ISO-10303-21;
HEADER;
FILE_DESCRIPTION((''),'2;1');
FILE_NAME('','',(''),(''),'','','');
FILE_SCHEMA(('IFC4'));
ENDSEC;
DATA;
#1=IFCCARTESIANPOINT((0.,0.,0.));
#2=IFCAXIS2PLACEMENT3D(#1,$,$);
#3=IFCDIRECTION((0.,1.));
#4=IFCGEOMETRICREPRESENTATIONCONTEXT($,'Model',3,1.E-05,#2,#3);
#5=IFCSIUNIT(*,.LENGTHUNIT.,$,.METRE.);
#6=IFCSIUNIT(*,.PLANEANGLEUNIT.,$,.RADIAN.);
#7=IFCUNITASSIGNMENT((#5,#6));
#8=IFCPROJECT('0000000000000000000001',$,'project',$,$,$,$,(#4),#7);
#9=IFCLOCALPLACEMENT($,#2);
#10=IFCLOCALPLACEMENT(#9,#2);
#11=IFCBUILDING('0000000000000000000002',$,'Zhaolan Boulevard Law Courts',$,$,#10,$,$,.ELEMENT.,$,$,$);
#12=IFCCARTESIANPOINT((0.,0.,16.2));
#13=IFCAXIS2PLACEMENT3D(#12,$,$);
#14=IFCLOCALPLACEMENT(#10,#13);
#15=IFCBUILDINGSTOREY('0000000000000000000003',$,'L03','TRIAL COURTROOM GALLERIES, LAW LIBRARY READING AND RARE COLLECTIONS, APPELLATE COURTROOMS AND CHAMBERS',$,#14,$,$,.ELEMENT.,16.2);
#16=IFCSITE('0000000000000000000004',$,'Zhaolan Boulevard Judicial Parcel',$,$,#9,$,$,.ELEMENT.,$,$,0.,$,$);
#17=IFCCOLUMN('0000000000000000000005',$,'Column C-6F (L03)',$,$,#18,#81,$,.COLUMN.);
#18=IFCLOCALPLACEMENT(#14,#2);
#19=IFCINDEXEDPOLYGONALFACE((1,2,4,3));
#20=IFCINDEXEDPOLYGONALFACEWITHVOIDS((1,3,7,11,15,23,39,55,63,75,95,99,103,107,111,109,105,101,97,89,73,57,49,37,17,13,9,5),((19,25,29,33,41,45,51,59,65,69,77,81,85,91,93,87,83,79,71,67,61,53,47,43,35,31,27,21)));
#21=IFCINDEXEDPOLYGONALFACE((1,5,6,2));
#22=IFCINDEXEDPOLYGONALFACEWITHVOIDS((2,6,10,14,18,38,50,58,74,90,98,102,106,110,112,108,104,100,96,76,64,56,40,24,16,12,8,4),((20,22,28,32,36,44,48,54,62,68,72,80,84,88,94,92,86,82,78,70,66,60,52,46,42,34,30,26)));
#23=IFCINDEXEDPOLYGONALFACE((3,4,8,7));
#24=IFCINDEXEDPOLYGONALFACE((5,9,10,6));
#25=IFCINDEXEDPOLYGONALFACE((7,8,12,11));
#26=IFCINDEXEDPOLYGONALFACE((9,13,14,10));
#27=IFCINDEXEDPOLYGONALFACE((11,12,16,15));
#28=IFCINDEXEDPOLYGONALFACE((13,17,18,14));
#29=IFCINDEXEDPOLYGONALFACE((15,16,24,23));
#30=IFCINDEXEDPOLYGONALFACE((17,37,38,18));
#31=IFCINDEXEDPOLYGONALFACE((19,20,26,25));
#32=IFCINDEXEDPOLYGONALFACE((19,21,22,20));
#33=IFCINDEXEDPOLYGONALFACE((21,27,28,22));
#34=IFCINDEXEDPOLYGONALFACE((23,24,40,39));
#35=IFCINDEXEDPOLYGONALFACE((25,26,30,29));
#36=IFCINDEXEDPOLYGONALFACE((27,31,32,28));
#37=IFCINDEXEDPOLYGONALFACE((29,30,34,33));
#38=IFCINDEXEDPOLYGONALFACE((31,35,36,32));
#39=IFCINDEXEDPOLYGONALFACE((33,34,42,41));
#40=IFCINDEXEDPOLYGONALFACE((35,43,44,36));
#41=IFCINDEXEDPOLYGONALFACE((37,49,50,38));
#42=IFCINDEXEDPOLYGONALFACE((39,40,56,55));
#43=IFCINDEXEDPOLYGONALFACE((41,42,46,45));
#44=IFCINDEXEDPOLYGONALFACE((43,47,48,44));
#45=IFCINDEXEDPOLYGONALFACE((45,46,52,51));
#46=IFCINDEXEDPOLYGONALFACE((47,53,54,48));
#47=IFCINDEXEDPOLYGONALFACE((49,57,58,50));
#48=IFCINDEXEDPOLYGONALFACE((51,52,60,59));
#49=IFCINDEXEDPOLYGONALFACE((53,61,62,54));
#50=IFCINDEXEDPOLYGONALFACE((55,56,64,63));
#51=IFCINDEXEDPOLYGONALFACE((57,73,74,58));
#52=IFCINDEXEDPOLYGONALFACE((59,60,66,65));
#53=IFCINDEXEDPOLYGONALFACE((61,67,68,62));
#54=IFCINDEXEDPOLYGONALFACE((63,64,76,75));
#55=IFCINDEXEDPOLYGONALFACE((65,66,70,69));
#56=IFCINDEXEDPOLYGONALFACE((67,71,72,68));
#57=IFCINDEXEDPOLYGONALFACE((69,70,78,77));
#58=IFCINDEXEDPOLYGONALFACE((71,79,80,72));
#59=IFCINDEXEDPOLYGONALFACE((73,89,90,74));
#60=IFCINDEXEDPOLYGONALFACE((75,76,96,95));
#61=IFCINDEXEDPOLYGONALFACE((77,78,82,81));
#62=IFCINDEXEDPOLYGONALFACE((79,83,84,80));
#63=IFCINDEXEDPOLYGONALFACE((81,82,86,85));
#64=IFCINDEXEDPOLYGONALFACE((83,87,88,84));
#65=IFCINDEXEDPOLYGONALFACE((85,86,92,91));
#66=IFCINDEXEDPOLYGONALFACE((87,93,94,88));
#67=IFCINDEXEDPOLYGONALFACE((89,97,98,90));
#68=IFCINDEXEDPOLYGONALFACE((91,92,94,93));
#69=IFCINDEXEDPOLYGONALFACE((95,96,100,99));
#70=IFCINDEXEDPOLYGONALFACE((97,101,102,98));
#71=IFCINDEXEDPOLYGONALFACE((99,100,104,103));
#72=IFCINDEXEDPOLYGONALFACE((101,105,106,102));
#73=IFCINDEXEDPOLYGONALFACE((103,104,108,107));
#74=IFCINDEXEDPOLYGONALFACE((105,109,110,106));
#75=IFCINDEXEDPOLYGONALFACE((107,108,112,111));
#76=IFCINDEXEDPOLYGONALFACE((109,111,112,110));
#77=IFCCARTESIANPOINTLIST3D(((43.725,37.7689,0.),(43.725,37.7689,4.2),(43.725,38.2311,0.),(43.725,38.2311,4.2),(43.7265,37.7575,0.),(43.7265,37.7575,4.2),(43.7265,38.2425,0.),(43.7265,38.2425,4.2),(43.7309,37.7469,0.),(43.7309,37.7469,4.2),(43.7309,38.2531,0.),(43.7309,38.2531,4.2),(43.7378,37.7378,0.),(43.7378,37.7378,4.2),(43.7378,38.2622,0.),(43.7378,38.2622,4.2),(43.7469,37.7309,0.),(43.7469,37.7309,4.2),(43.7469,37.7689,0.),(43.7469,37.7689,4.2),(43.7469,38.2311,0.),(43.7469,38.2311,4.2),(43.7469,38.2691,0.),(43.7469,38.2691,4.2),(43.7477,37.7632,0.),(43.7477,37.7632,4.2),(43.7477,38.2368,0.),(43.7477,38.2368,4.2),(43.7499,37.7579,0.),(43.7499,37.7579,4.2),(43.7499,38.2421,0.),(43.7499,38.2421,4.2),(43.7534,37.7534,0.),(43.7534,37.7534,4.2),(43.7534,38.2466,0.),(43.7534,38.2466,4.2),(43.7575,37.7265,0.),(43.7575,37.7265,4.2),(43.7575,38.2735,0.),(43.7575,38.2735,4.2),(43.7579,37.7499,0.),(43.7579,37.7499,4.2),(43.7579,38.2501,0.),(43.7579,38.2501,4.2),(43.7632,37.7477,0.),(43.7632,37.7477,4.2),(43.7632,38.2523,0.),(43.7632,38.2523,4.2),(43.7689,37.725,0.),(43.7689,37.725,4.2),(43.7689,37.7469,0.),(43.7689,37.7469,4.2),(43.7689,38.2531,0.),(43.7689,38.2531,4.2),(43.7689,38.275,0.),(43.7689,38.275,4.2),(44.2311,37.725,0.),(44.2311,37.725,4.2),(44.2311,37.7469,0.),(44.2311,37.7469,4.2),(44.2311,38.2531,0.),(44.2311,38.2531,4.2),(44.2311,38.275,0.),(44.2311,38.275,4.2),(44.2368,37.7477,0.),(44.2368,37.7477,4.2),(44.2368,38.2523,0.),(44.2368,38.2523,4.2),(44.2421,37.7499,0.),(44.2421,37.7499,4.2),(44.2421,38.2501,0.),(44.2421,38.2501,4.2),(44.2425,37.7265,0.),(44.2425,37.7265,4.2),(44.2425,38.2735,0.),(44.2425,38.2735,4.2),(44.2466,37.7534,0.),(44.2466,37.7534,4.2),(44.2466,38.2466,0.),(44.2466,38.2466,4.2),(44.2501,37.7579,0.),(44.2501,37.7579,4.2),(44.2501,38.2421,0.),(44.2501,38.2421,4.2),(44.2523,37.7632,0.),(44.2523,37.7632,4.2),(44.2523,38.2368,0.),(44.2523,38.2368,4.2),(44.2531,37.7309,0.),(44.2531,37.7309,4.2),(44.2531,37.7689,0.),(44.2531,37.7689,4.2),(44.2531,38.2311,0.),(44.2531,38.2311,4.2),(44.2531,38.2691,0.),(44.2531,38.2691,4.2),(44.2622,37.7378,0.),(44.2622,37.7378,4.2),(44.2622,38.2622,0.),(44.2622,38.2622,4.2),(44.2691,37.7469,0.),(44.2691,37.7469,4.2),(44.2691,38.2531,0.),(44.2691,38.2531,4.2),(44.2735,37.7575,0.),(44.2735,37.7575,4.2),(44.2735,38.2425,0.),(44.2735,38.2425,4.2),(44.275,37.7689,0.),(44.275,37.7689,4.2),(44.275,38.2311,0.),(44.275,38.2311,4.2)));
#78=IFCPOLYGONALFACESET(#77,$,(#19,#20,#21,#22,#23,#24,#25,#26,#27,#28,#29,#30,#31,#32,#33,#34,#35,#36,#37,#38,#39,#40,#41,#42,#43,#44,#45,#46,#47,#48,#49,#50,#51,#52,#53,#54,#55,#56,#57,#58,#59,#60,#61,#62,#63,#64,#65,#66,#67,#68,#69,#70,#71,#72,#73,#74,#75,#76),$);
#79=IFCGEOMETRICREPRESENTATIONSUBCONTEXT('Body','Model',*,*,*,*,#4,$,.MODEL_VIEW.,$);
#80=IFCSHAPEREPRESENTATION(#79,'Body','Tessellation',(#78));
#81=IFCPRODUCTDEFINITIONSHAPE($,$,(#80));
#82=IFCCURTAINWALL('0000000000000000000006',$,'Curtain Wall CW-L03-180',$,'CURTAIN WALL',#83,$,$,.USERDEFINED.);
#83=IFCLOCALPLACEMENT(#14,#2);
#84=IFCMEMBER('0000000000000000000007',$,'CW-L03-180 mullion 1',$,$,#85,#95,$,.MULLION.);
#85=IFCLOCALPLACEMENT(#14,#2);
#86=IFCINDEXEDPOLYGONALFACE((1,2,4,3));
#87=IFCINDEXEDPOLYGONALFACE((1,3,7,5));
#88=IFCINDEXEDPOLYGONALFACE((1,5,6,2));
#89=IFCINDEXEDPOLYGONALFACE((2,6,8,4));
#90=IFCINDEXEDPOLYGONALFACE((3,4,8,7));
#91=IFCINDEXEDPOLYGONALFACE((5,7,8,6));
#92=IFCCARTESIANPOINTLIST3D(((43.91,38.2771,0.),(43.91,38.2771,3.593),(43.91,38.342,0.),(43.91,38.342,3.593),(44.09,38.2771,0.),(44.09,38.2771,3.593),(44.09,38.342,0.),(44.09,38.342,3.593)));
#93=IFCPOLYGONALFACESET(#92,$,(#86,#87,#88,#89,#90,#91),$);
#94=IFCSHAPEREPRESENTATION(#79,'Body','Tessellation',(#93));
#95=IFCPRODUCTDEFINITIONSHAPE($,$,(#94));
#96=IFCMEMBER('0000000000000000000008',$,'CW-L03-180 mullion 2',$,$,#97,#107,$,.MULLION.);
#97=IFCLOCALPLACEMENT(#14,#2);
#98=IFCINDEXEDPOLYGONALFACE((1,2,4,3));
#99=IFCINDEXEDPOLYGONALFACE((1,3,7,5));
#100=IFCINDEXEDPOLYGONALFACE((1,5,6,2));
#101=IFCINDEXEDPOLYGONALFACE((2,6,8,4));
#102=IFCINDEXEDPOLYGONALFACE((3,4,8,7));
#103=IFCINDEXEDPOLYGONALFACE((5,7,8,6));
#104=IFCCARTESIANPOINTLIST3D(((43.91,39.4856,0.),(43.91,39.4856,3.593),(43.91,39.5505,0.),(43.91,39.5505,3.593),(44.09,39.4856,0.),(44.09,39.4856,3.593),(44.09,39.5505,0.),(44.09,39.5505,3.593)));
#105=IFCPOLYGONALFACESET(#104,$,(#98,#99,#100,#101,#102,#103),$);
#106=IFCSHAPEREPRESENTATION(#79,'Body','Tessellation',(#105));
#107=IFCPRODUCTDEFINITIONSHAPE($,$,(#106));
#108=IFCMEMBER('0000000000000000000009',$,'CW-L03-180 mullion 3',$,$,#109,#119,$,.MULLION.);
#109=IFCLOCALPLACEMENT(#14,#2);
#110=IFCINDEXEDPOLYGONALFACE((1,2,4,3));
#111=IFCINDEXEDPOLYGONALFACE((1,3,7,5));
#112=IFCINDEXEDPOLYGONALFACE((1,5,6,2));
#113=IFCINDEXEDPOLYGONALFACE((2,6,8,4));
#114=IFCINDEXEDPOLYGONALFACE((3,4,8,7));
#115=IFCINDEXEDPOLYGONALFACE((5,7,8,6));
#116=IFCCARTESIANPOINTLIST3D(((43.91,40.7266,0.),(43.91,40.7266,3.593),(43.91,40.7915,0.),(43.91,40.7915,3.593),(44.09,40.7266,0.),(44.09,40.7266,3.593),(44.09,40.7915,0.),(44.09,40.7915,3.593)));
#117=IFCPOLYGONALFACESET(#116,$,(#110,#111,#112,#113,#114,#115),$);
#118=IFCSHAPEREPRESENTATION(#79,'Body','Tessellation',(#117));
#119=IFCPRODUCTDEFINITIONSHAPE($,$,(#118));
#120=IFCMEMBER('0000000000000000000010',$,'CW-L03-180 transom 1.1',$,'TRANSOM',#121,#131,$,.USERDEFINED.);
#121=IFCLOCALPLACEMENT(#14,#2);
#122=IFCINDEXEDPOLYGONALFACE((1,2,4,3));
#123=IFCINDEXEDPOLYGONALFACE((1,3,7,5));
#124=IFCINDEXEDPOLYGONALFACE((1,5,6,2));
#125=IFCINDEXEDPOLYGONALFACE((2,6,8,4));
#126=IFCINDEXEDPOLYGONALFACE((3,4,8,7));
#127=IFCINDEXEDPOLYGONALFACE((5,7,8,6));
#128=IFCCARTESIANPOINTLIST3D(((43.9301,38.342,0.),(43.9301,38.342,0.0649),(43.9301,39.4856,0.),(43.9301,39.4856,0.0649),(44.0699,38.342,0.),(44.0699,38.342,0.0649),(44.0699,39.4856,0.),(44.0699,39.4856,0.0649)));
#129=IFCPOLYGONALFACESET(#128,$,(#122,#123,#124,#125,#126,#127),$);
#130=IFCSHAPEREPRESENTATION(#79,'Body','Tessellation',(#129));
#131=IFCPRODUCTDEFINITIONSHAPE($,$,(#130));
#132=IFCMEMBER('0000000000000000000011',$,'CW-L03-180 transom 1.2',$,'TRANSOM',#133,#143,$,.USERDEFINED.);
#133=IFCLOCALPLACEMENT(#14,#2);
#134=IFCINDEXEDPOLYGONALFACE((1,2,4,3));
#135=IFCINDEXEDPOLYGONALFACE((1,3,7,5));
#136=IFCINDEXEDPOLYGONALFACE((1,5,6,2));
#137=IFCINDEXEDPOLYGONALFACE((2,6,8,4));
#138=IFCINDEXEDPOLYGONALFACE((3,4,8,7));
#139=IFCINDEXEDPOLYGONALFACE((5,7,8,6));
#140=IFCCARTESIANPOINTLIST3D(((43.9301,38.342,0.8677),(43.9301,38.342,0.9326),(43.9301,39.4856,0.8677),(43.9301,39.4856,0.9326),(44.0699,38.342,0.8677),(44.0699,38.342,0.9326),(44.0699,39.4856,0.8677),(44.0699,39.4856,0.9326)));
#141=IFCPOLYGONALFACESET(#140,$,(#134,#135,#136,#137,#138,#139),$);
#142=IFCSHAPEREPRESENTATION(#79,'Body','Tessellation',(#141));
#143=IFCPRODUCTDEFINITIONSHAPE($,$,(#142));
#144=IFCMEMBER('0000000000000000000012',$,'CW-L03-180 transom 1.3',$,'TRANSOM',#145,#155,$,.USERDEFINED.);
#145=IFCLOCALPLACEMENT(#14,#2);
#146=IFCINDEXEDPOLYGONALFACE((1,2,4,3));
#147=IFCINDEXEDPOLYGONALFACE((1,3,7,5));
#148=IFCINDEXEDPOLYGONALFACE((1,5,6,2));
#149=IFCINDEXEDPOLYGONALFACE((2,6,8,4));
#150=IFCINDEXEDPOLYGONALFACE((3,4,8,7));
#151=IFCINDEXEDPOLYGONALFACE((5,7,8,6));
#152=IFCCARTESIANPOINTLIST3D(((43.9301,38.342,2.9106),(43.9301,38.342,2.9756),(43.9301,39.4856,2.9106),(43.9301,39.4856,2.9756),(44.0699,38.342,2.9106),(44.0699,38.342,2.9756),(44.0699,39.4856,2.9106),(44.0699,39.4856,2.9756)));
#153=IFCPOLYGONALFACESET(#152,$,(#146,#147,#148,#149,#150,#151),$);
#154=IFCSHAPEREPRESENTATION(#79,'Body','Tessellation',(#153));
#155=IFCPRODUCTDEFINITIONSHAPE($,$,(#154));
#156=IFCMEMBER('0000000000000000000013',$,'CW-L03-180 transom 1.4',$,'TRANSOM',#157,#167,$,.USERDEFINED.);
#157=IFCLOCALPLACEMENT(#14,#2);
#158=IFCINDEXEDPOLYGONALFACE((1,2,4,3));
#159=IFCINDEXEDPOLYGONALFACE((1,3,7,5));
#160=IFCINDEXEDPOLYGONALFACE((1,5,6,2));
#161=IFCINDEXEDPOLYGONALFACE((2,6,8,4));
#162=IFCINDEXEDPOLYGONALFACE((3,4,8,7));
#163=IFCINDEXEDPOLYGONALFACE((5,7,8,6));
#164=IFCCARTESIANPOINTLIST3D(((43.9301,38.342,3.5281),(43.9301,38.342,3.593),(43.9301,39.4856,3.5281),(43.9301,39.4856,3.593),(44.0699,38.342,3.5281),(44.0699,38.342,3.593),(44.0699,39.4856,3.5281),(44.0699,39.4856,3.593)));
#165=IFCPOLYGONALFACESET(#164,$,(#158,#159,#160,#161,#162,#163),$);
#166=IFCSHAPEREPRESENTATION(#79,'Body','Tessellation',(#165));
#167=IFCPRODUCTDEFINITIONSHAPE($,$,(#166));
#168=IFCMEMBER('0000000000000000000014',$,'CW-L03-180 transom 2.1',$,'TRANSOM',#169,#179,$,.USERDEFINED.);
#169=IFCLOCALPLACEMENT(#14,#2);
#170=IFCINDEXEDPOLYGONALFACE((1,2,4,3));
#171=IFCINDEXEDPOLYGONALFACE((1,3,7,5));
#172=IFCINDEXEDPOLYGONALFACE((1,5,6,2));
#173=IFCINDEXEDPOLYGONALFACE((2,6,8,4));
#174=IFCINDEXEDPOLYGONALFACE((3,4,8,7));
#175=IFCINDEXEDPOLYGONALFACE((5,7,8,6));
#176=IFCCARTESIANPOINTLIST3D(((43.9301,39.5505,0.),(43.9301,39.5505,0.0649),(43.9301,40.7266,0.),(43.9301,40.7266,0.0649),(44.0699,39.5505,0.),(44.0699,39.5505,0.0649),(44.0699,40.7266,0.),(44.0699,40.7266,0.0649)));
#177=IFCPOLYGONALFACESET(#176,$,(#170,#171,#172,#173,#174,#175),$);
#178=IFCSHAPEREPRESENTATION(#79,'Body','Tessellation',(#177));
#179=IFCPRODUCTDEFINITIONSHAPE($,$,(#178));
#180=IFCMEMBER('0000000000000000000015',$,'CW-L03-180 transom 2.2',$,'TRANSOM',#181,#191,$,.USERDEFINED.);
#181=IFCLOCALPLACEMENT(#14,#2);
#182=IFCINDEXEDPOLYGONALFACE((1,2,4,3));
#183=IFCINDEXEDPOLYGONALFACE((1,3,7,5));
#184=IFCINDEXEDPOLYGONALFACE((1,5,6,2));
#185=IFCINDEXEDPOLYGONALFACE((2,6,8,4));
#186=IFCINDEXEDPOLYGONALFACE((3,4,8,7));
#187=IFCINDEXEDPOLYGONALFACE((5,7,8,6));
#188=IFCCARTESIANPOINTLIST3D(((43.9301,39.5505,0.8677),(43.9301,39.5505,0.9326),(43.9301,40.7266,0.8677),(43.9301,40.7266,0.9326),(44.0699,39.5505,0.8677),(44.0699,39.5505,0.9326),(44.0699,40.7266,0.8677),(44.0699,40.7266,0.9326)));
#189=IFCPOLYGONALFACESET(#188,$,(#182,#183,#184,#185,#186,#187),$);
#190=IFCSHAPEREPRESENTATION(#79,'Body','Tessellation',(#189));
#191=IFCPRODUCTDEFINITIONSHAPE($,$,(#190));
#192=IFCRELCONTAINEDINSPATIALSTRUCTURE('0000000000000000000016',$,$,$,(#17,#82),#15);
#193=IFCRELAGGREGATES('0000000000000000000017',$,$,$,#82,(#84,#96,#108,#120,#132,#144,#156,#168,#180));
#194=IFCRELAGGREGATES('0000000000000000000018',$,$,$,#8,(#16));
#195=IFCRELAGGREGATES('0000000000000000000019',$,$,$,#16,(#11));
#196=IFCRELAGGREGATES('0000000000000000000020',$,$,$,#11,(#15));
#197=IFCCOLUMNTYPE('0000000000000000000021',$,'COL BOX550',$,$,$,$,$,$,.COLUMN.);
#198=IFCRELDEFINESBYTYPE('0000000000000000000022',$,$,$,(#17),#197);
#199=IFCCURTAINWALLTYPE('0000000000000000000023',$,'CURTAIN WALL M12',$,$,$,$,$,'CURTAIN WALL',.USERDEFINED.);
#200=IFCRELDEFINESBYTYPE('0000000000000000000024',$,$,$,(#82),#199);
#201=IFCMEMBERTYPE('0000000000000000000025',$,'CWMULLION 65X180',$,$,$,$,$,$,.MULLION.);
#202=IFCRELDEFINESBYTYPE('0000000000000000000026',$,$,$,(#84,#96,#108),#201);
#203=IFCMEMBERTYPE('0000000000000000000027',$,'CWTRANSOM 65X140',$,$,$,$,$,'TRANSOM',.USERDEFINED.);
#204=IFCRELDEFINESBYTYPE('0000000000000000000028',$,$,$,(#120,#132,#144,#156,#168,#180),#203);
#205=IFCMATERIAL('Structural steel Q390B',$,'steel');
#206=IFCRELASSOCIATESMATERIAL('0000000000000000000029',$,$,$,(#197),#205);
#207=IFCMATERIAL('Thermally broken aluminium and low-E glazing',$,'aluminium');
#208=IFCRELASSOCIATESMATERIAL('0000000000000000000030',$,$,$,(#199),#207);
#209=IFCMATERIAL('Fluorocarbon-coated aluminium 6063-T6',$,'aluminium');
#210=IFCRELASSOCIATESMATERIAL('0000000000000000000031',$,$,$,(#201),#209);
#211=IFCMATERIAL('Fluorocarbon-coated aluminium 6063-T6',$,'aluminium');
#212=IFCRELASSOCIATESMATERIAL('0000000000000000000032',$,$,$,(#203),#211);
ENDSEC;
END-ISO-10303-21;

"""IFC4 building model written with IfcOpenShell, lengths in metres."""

from ifc_helpers import new_model, si_unit, direction, frame, origin, origin_2d, place, context, subcontext, project, spatial, rectangle, hollow_rectangle, extrude, material, material_profile, profile_set, type_object, element, aggregate, save


model = new_model("IFC4")

# Units and contexts
model_context = context("Model", 3, precision=1e-05, world=origin(), true_north=direction((0.0, 1.0)))
body_context = subcontext(model_context, "Body", "Model", "MODEL_VIEW")
ifc_project = project(units=[si_unit("LENGTHUNIT", "METRE"), si_unit("PLANEANGLEUNIT", "RADIAN")], contexts=[model_context])

# Site, building, storey
site_placement = place(None, origin())
site = spatial("IfcSite", under=ifc_project, at=site_placement, Name="Zhaolan Boulevard Judicial Parcel", CompositionType="ELEMENT", RefElevation=0.0)
building_placement = place(site_placement, origin())
building = spatial("IfcBuilding", under=site, at=building_placement, Name="Zhaolan Boulevard Law Courts", CompositionType="ELEMENT")
storey_placement = place(building_placement, frame((0.0, 0.0, 16.2)))
storey = spatial("IfcBuildingStorey", under=building, at=storey_placement, Name="L03", Description="TRIAL COURTROOM GALLERIES, LAW LIBRARY READING AND RARE COLLECTIONS, APPELLATE COURTROOMS AND CHAMBERS", CompositionType="ELEMENT", Elevation=16.2)

# Column
ifc_material_1 = material(Name="Structural steel Q390B", Category="steel")
ifc_material_profile_1 = material_profile(ifc_material_1, hollow_rectangle(XDim=0.55, YDim=0.55, WallThickness=0.022, InnerFilletRadius=0.022, OuterFilletRadius=0.0439, at=origin_2d()), Name="BOX550x550x22")
ifc_profile_set_1 = profile_set([ifc_material_profile_1], Name="Structural steel Q390B")
column_type = type_object("IfcColumnType", Name="COL BOX550", PredefinedType="COLUMN", material=ifc_profile_set_1)
column_placement = place(storey_placement, frame((44.0, 38.0, 0.0), z_axis=(0.0, 0.0, 1.0), x_axis=(1.0, 0.0, 0.0)))
element("IfcColumn", 1, at=column_placement, inside=storey, type_object=column_type, Name="Column C-6F (L03)", PredefinedType="COLUMN", context=body_context, shape_type="SweptSolid", body=[
    extrude(hollow_rectangle(XDim=0.55, YDim=0.55, WallThickness=0.022, InnerFilletRadius=0.022, OuterFilletRadius=0.0439, at=origin_2d()), origin(), (0.0, 0.0, 1.0), 4.2),
])

# Curtain wall, members
ifc_material_2 = material(Name="Thermally broken aluminium and low-E glazing", Category="aluminium")
curtain_wall_type = type_object("IfcCurtainWallType", Name="CURTAIN WALL M12", ElementType="CURTAIN WALL", PredefinedType="USERDEFINED", material=ifc_material_2)
curtain_wall_placement = place(storey_placement, origin())
curtain_wall = element("IfcCurtainWall", 2, at=curtain_wall_placement, inside=storey, type_object=curtain_wall_type, Name="Curtain Wall CW-L03-180", ObjectType="CURTAIN WALL", PredefinedType="USERDEFINED")
ifc_material_3 = material(Name="Fluorocarbon-coated aluminium 6063-T6", Category="aluminium")
ifc_material_profile_2 = material_profile(ifc_material_3, rectangle(XDim=0.1799, YDim=0.0649, at=origin_2d()), Name="AL65x180")
ifc_profile_set_2 = profile_set([ifc_material_profile_2], Name="Fluorocarbon-coated aluminium 6063-T6")
member_type_1 = type_object("IfcMemberType", Name="CWMULLION 65X180", PredefinedType="MULLION", material=ifc_profile_set_2)
member_1_placement = place(storey_placement, frame((44.0, 38.3096, 0.0), z_axis=(0.0, 0.0, 1.0), x_axis=(-1.0, 0.0, 0.0)))
member_1 = element("IfcMember", 3, at=member_1_placement, type_object=member_type_1, Name="CW-L03-180 mullion 1", PredefinedType="MULLION", context=body_context, shape_type="SweptSolid", body=[
    extrude(rectangle(XDim=0.1799, YDim=0.0649, at=origin_2d()), origin(), (0.0, 0.0, 1.0), 3.593),
])
member_2_placement = place(storey_placement, frame((44.0, 39.5181, 0.0), z_axis=(0.0, 0.0, 1.0), x_axis=(-1.0, 0.0, 0.0)))
member_2 = element("IfcMember", 4, at=member_2_placement, type_object=member_type_1, Name="CW-L03-180 mullion 2", PredefinedType="MULLION", context=body_context, shape_type="SweptSolid", body=[
    extrude(rectangle(XDim=0.1799, YDim=0.0649, at=origin_2d()), origin(), (0.0, 0.0, 1.0), 3.593),
])
member_3_placement = place(storey_placement, frame((44.0, 40.759, 0.0), z_axis=(0.0, 0.0, 1.0), x_axis=(-1.0, 0.0, 0.0)))
member_3 = element("IfcMember", 5, at=member_3_placement, type_object=member_type_1, Name="CW-L03-180 mullion 3", PredefinedType="MULLION", context=body_context, shape_type="SweptSolid", body=[
    extrude(rectangle(XDim=0.1799, YDim=0.0649, at=origin_2d()), origin(), (0.0, 0.0, 1.0), 3.593),
])
ifc_material_4 = material(Name="Fluorocarbon-coated aluminium 6063-T6", Category="aluminium")
ifc_material_profile_3 = material_profile(ifc_material_4, rectangle(XDim=0.1399, YDim=0.0649, at=origin_2d()), Name="AL65x140")
ifc_profile_set_3 = profile_set([ifc_material_profile_3], Name="Fluorocarbon-coated aluminium 6063-T6")
member_type_2 = type_object("IfcMemberType", Name="CWTRANSOM 65X140", ElementType="TRANSOM", PredefinedType="USERDEFINED", material=ifc_profile_set_3)
member_4_placement = place(storey_placement, frame((44.0, 38.342, 0.0325), z_axis=(0.0, 1.0, 0.0), x_axis=(-1.0, 0.0, 0.0)))
member_4 = element("IfcMember", 6, at=member_4_placement, type_object=member_type_2, Name="CW-L03-180 transom 1.1", ObjectType="TRANSOM", PredefinedType="USERDEFINED", context=body_context, shape_type="SweptSolid", body=[
    extrude(rectangle(XDim=0.1399, YDim=0.0649, at=origin_2d()), origin(), (0.0, 0.0, 1.0), 1.1436),
])
member_5_placement = place(storey_placement, frame((44.0, 38.342, 0.9001), z_axis=(0.0, 1.0, 0.0), x_axis=(-1.0, 0.0, 0.0)))
member_5 = element("IfcMember", 7, at=member_5_placement, type_object=member_type_2, Name="CW-L03-180 transom 1.2", ObjectType="TRANSOM", PredefinedType="USERDEFINED", context=body_context, shape_type="SweptSolid", body=[
    extrude(rectangle(XDim=0.1399, YDim=0.0649, at=origin_2d()), origin(), (0.0, 0.0, 1.0), 1.1436),
])
member_6_placement = place(storey_placement, frame((44.0, 38.342, 2.9431), z_axis=(0.0, 1.0, 0.0), x_axis=(-1.0, 0.0, 0.0)))
member_6 = element("IfcMember", 8, at=member_6_placement, type_object=member_type_2, Name="CW-L03-180 transom 1.3", ObjectType="TRANSOM", PredefinedType="USERDEFINED", context=body_context, shape_type="SweptSolid", body=[
    extrude(rectangle(XDim=0.1399, YDim=0.0649, at=origin_2d()), origin(), (0.0, 0.0, 1.0), 1.1436),
])
member_7_placement = place(storey_placement, frame((44.0, 38.342, 3.5605), z_axis=(0.0, 1.0, 0.0), x_axis=(-1.0, 0.0, 0.0)))
member_7 = element("IfcMember", 9, at=member_7_placement, type_object=member_type_2, Name="CW-L03-180 transom 1.4", ObjectType="TRANSOM", PredefinedType="USERDEFINED", context=body_context, shape_type="SweptSolid", body=[
    extrude(rectangle(XDim=0.1399, YDim=0.0649, at=origin_2d()), origin(), (0.0, 0.0, 1.0), 1.1436),
])
member_8_placement = place(storey_placement, frame((44.0, 39.5505, 0.0325), z_axis=(0.0, 1.0, 0.0), x_axis=(-1.0, 0.0, 0.0)))
member_8 = element("IfcMember", 10, at=member_8_placement, type_object=member_type_2, Name="CW-L03-180 transom 2.1", ObjectType="TRANSOM", PredefinedType="USERDEFINED", context=body_context, shape_type="SweptSolid", body=[
    extrude(rectangle(XDim=0.1399, YDim=0.0649, at=origin_2d()), origin(), (0.0, 0.0, 1.0), 1.176),
])
member_9_placement = place(storey_placement, frame((44.0, 39.5505, 0.9001), z_axis=(0.0, 1.0, 0.0), x_axis=(-1.0, 0.0, 0.0)))
member_9 = element("IfcMember", 11, at=member_9_placement, type_object=member_type_2, Name="CW-L03-180 transom 2.2", ObjectType="TRANSOM", PredefinedType="USERDEFINED", context=body_context, shape_type="SweptSolid", body=[
    extrude(rectangle(XDim=0.1399, YDim=0.0649, at=origin_2d()), origin(), (0.0, 0.0, 1.0), 1.176),
])

aggregate(curtain_wall, [member_1, member_2, member_3, member_4, member_5, member_6, member_7, member_8, member_9])

save(model, "model.ifc")
